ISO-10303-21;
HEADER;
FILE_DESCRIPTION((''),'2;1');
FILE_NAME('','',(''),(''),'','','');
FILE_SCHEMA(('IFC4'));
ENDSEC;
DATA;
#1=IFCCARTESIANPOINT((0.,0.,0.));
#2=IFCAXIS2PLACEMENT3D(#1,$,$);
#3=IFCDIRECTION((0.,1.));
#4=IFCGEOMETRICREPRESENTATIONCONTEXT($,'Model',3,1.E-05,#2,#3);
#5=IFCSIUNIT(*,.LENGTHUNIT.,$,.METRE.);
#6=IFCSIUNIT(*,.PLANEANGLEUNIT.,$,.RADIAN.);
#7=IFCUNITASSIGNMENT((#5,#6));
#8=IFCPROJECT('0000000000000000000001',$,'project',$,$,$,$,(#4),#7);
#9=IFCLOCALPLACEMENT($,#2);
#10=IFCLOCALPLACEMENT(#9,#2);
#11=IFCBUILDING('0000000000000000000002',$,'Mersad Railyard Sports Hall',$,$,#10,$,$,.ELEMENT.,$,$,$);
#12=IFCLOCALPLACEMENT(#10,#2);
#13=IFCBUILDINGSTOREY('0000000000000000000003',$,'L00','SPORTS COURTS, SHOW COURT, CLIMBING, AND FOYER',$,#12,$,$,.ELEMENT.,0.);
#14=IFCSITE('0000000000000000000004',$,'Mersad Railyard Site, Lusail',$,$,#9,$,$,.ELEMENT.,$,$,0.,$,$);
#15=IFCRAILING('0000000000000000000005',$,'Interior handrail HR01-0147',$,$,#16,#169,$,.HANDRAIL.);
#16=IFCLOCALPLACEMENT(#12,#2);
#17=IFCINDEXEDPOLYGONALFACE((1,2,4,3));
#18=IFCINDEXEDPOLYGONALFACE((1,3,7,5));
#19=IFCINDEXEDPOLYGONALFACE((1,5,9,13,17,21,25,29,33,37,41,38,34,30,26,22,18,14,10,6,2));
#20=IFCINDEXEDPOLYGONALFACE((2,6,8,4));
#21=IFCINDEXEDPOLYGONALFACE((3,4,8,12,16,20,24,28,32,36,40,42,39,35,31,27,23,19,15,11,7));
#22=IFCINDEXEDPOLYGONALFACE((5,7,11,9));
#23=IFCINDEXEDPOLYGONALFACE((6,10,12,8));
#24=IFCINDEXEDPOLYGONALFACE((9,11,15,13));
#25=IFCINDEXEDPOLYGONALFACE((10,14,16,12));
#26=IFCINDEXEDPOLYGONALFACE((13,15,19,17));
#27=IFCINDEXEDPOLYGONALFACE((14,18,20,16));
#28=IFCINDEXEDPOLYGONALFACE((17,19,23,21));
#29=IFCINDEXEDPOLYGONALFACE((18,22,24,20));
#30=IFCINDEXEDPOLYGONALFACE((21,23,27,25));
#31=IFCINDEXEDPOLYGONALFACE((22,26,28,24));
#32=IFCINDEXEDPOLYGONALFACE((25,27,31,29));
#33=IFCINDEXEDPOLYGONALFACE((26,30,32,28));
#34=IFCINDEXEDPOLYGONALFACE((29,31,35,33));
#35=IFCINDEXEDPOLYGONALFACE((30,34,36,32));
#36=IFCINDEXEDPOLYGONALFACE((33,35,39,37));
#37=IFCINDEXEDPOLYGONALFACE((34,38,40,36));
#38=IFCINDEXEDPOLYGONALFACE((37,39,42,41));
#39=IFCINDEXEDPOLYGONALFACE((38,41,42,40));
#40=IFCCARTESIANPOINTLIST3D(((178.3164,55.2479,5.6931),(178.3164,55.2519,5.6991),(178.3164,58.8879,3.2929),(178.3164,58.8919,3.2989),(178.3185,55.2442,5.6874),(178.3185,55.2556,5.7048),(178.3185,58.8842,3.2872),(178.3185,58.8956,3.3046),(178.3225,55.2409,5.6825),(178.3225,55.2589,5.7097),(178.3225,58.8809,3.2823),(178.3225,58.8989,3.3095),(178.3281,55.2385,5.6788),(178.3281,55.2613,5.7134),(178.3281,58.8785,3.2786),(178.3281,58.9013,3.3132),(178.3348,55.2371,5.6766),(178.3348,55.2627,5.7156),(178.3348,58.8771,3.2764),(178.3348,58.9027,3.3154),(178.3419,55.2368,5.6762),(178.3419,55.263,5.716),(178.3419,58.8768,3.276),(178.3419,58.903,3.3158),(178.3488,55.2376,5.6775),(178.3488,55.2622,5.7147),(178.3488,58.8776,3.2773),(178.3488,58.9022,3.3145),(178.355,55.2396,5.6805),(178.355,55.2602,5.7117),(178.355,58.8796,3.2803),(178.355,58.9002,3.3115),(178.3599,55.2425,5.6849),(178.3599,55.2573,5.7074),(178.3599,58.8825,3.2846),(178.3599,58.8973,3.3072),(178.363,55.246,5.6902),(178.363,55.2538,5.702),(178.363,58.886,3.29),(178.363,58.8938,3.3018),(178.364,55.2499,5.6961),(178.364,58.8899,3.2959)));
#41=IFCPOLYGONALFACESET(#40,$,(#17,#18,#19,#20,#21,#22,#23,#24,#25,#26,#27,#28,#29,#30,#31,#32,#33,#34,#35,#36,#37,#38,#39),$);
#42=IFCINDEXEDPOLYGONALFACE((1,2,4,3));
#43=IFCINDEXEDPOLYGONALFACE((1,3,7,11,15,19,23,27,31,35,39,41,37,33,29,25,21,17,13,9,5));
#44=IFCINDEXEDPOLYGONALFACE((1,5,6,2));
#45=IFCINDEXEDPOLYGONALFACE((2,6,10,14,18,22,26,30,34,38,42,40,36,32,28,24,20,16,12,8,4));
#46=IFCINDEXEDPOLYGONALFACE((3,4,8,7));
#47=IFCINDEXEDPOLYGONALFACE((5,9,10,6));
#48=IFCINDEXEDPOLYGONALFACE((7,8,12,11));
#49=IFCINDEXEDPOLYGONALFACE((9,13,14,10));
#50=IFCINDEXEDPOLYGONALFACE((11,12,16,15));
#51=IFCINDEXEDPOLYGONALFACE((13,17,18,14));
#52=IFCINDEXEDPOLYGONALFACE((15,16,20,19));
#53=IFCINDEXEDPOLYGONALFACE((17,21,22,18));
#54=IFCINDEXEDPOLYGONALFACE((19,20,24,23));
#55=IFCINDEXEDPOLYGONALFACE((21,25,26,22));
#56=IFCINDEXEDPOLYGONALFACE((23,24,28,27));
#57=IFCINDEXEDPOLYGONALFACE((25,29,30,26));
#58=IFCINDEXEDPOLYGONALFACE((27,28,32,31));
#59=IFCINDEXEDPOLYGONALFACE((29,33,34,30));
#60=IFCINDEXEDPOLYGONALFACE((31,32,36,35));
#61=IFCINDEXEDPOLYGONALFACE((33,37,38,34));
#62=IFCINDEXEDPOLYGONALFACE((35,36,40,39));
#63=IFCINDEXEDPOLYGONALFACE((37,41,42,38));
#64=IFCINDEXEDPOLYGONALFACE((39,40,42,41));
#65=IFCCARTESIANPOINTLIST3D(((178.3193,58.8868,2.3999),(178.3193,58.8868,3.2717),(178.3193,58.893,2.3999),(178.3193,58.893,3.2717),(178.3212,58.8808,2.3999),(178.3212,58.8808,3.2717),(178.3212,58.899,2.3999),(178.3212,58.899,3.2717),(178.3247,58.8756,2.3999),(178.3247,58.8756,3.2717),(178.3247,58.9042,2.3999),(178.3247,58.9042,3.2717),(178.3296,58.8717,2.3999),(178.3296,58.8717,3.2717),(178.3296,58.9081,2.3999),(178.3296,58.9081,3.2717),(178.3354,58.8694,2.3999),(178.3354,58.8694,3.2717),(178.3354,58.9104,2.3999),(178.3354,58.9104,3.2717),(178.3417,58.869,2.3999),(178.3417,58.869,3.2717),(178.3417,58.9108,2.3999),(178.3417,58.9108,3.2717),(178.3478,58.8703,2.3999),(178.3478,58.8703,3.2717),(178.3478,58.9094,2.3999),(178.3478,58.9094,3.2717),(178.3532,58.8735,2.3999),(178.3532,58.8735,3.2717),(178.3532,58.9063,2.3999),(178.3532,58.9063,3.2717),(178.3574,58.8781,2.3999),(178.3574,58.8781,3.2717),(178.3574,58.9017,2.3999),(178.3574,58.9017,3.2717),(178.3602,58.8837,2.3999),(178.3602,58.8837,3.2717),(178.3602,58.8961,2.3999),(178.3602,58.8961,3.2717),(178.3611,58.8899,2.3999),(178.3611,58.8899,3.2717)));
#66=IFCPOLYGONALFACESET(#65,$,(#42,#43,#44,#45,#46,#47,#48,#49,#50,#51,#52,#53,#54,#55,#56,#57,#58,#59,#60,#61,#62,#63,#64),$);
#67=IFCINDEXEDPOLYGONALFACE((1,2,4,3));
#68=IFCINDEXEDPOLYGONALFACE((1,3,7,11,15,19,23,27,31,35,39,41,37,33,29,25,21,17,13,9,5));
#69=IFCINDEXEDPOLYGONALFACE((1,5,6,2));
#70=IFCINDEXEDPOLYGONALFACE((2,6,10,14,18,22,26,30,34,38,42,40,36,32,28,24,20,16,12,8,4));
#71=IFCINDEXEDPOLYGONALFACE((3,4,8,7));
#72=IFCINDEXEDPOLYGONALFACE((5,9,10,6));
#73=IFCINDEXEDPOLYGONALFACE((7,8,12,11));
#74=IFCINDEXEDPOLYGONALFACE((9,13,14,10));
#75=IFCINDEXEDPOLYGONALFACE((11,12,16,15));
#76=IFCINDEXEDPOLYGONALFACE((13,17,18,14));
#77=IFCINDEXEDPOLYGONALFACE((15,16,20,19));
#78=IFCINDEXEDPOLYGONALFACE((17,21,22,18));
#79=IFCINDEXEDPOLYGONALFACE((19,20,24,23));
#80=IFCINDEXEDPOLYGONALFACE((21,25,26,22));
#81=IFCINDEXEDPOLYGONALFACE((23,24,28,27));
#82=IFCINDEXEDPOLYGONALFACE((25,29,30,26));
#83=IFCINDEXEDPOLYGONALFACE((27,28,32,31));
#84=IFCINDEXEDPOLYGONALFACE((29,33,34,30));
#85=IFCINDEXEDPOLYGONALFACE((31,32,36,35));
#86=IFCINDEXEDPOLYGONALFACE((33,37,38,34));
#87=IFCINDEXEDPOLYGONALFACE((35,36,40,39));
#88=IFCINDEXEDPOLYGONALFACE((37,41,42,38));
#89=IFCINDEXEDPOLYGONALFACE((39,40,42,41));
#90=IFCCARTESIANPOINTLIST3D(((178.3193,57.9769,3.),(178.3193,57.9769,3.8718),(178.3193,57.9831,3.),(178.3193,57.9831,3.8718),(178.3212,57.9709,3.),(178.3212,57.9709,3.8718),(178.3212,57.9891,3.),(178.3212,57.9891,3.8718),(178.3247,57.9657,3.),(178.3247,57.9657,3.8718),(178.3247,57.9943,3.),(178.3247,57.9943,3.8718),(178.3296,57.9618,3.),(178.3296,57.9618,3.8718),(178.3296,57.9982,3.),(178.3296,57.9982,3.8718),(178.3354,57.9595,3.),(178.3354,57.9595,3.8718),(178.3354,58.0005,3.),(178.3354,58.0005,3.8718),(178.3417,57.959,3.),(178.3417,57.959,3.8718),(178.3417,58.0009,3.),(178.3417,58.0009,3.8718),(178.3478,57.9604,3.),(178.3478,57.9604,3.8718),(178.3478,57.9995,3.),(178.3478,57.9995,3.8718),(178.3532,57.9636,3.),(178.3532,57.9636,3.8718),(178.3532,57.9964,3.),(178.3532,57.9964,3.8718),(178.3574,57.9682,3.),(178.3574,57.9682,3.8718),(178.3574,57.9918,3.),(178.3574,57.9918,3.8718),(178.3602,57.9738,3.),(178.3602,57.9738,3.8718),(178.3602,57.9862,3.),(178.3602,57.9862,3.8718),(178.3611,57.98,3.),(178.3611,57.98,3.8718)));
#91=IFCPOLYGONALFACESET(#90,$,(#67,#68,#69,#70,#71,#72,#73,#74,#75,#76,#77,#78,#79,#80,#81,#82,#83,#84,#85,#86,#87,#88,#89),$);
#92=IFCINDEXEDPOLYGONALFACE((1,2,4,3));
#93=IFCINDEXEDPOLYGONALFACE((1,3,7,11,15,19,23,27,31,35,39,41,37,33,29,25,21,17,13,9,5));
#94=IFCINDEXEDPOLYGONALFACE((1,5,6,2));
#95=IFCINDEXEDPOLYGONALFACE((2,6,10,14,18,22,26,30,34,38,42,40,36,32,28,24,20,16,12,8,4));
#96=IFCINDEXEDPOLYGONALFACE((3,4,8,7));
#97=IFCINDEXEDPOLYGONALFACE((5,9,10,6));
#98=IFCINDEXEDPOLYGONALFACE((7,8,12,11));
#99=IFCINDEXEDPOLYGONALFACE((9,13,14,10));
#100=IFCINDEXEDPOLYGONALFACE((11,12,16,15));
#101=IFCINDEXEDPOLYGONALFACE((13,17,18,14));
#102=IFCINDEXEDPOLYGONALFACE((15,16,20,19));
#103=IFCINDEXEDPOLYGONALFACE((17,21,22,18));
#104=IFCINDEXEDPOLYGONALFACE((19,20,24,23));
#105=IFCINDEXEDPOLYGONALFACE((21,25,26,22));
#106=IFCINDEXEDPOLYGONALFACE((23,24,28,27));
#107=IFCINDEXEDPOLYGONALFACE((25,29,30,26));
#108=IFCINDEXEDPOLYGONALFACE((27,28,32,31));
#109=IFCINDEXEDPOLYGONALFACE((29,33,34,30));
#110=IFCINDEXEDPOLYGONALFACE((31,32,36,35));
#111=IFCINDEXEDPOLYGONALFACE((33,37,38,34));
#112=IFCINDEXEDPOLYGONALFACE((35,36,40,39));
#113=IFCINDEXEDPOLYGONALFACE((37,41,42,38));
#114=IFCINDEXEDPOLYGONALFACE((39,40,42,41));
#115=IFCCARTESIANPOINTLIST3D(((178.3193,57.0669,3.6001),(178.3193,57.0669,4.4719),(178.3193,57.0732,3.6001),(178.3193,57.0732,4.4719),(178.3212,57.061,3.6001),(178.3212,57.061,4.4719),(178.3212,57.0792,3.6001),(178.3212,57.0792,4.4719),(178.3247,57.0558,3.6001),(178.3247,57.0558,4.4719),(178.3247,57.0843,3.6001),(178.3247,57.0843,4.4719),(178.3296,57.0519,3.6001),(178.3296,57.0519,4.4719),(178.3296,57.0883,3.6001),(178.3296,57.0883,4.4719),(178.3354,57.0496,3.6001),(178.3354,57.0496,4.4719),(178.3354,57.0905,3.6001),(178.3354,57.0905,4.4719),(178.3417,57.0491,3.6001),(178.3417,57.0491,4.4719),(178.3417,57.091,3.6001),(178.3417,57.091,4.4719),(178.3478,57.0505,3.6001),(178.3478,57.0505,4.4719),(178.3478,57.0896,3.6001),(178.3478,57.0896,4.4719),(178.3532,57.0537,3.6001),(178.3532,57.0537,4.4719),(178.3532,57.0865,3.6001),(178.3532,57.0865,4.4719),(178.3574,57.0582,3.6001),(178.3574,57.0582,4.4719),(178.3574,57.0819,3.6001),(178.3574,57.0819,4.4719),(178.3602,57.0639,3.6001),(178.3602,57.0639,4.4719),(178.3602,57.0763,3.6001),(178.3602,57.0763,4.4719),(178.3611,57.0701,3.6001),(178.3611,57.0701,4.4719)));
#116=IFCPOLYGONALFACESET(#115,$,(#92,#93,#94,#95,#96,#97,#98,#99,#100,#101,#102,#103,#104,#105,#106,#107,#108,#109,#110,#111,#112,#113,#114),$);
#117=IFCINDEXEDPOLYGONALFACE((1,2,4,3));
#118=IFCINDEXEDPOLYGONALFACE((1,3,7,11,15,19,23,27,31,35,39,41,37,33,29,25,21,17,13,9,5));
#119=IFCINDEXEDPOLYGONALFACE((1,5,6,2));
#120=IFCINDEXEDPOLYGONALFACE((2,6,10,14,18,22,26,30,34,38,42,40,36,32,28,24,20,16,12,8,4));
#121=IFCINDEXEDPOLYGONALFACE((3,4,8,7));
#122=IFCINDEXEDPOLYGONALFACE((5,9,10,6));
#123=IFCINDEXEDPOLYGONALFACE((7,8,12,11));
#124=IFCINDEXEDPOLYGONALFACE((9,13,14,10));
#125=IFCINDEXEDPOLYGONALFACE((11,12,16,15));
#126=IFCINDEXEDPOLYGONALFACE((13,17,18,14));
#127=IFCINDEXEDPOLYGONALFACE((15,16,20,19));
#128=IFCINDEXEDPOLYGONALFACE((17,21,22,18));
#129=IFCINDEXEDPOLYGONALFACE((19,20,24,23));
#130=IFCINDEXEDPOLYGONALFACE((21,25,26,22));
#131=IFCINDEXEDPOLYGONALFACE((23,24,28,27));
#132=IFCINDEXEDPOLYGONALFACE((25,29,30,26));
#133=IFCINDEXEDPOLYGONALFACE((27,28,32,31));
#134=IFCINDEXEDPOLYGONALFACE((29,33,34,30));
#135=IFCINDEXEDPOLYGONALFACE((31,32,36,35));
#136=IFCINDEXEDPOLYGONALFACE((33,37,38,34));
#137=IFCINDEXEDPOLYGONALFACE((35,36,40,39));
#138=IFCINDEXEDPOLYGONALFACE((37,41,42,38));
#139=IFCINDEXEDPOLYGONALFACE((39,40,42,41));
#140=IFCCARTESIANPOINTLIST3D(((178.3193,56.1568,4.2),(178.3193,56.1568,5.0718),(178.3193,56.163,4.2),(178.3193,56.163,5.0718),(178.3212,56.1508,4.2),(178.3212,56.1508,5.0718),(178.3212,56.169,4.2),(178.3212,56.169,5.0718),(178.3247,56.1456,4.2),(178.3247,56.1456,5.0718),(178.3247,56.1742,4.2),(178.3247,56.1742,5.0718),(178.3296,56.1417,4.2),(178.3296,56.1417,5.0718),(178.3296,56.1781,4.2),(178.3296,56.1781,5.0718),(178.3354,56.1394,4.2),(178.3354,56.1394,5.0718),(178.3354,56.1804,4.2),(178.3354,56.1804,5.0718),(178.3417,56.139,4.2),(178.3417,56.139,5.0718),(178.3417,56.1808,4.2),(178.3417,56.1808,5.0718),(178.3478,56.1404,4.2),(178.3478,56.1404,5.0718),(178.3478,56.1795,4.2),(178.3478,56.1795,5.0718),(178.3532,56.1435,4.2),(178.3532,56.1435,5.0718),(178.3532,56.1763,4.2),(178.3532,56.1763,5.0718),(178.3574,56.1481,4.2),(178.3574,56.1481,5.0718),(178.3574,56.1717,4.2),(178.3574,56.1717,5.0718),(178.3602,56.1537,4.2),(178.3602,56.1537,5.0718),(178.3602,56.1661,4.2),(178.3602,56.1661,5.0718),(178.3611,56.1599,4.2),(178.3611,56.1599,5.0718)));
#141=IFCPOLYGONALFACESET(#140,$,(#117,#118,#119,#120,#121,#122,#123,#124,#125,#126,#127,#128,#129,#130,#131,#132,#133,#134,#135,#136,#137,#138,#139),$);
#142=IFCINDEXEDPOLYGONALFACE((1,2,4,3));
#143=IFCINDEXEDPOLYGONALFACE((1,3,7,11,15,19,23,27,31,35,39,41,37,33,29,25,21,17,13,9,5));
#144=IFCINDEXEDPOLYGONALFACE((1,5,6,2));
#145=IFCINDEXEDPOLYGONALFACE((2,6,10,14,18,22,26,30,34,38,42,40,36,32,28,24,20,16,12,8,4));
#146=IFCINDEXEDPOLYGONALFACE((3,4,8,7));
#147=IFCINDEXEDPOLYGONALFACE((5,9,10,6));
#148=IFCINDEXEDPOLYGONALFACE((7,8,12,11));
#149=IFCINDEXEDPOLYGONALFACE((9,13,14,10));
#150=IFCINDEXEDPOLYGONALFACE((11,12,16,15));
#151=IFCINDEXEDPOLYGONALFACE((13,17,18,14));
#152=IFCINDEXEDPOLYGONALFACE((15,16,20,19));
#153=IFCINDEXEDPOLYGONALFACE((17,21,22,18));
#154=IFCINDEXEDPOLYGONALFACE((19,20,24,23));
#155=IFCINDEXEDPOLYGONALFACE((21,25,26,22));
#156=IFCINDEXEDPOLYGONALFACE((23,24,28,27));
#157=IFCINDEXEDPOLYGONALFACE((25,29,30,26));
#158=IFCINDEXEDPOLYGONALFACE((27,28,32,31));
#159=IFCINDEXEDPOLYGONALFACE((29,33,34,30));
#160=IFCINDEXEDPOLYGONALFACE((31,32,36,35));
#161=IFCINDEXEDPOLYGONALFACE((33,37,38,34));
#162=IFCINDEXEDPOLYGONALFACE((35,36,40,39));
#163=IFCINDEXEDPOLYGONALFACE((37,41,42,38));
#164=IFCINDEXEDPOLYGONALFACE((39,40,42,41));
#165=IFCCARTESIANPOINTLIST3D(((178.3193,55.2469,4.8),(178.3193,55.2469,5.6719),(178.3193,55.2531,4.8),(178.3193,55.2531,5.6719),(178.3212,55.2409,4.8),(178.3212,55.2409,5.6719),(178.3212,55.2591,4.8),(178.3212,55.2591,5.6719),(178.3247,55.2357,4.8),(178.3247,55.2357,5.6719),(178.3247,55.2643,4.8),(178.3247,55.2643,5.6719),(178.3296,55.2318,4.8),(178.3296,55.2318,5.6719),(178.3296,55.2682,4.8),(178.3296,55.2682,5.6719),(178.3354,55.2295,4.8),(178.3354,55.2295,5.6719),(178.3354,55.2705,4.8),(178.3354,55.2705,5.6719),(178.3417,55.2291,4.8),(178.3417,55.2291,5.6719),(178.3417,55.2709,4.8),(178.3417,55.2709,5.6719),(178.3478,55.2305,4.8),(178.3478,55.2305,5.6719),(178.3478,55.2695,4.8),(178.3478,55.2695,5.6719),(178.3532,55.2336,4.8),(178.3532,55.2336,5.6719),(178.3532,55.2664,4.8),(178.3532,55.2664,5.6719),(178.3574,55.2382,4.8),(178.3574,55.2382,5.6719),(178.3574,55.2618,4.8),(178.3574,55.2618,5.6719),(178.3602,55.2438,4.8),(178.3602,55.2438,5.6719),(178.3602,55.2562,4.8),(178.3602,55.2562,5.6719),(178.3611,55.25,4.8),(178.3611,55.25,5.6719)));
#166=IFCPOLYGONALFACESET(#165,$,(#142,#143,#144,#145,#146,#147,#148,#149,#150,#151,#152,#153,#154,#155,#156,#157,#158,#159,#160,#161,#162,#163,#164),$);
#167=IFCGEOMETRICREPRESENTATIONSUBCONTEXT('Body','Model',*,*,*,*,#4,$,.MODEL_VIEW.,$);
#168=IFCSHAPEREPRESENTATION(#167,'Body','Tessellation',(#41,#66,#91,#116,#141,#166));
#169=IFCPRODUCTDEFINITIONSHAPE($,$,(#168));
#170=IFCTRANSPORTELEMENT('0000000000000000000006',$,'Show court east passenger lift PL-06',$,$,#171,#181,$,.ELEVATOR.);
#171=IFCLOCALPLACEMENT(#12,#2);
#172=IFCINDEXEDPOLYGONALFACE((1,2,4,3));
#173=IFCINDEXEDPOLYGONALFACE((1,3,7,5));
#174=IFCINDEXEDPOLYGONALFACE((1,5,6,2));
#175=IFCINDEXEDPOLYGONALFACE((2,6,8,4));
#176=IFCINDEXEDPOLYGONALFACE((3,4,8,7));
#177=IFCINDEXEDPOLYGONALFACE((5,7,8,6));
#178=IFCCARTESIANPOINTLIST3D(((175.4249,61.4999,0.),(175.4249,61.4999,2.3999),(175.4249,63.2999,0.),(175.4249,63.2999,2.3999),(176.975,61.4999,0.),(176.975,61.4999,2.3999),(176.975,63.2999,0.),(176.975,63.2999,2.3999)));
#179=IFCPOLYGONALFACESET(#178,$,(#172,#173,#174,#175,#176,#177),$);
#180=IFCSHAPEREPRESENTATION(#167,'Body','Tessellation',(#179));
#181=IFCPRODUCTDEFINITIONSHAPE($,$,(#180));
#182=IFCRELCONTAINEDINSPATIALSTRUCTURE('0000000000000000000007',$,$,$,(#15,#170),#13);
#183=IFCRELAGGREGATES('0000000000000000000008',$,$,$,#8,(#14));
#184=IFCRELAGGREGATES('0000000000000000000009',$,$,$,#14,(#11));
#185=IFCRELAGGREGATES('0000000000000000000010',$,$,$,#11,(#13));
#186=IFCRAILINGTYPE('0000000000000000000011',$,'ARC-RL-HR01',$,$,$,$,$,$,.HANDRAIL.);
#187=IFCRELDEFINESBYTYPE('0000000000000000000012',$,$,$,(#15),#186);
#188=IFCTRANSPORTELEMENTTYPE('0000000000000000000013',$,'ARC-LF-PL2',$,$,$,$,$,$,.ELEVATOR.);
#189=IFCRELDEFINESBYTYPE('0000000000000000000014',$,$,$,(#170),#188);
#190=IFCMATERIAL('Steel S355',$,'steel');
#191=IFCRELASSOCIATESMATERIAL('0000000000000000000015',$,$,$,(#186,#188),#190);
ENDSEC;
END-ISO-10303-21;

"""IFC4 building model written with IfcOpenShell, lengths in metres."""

from ifc_helpers import new_model, si_unit, direction, frame, origin, origin_2d, place, context, subcontext, project, spatial, rectangle, circle, extrude, material, type_object, element, save


model = new_model("IFC4")

# Units and contexts
model_context = context("Model", 3, precision=1e-05, world=origin(), true_north=direction((0.0, 1.0)))
body_context = subcontext(model_context, "Body", "Model", "MODEL_VIEW")
ifc_project = project(units=[si_unit("LENGTHUNIT", "METRE"), si_unit("PLANEANGLEUNIT", "RADIAN")], contexts=[model_context])

# Site, building, storey
site_placement = place(None, origin())
site = spatial("IfcSite", under=ifc_project, at=site_placement, Name="Mersad Railyard Site, Lusail", CompositionType="ELEMENT", RefElevation=0.0)
building_placement = place(site_placement, origin())
building = spatial("IfcBuilding", under=site, at=building_placement, Name="Mersad Railyard Sports Hall", CompositionType="ELEMENT")
storey_placement = place(building_placement, origin())
storey = spatial("IfcBuildingStorey", under=building, at=storey_placement, Name="L00", Description="SPORTS COURTS, SHOW COURT, CLIMBING, AND FOYER", CompositionType="ELEMENT", Elevation=0.0)

# Shared definitions
ifc_material_1 = material(Name="Steel S355", Category="steel")

# Railing
railing_type_1 = type_object("IfcRailingType", Name="ARC-RL-HR01", PredefinedType="HANDRAIL", material=ifc_material_1)
railing_1_placement = place(storey_placement, frame((178.3401, 58.8899, 2.3999)))
element("IfcRailing", 1, at=railing_1_placement, inside=storey, type_object=railing_type_1, Name="Interior handrail HR01-0147", PredefinedType="HANDRAIL", context=body_context, shape_type="SweptSolid", body=[
    extrude(circle(Radius=0.0239, at=origin_2d()), frame((0.0, 0.0, 0.896), z_axis=(0.0, -0.834839, 0.550493), x_axis=(1.0, 0.0, 0.0)), (0.0, 0.0, 1.0), 4.3601),
    extrude(circle(Radius=0.021, at=origin_2d()), origin(), (0.0, 0.0, 1.0), 0.8718),
    extrude(circle(Radius=0.021, at=origin_2d()), frame((0.0, -0.9099, 0.6001)), (0.0, 0.0, 1.0), 0.8718),
    extrude(circle(Radius=0.021, at=origin_2d()), frame((0.0, -1.8198, 1.2002)), (0.0, 0.0, 1.0), 0.8718),
    extrude(circle(Radius=0.021, at=origin_2d()), frame((0.0, -2.73, 1.8)), (0.0, 0.0, 1.0), 0.8718),
    extrude(circle(Radius=0.021, at=origin_2d()), frame((0.0, -3.6399, 2.4001)), (0.0, 0.0, 1.0), 0.8718),
])

# Transport element
transport_element_type = type_object("IfcTransportElementType", Name="ARC-LF-PL2", PredefinedType="ELEVATOR", material=ifc_material_1)
transport_element_placement = place(storey_placement, frame((176.2, 62.3999, 0.0), z_axis=(0.0, 0.0, 1.0), x_axis=(1.0, 0.0, 0.0)))
element("IfcTransportElement", 2, at=transport_element_placement, inside=storey, type_object=transport_element_type, Name="Show court east passenger lift PL-06", PredefinedType="ELEVATOR", context=body_context, shape_type="SweptSolid", body=[
    extrude(rectangle(XDim=1.55, YDim=1.8, at=origin_2d()), origin(), (0.0, 0.0, 1.0), 2.3999),
])

save(model, "model.ifc")
